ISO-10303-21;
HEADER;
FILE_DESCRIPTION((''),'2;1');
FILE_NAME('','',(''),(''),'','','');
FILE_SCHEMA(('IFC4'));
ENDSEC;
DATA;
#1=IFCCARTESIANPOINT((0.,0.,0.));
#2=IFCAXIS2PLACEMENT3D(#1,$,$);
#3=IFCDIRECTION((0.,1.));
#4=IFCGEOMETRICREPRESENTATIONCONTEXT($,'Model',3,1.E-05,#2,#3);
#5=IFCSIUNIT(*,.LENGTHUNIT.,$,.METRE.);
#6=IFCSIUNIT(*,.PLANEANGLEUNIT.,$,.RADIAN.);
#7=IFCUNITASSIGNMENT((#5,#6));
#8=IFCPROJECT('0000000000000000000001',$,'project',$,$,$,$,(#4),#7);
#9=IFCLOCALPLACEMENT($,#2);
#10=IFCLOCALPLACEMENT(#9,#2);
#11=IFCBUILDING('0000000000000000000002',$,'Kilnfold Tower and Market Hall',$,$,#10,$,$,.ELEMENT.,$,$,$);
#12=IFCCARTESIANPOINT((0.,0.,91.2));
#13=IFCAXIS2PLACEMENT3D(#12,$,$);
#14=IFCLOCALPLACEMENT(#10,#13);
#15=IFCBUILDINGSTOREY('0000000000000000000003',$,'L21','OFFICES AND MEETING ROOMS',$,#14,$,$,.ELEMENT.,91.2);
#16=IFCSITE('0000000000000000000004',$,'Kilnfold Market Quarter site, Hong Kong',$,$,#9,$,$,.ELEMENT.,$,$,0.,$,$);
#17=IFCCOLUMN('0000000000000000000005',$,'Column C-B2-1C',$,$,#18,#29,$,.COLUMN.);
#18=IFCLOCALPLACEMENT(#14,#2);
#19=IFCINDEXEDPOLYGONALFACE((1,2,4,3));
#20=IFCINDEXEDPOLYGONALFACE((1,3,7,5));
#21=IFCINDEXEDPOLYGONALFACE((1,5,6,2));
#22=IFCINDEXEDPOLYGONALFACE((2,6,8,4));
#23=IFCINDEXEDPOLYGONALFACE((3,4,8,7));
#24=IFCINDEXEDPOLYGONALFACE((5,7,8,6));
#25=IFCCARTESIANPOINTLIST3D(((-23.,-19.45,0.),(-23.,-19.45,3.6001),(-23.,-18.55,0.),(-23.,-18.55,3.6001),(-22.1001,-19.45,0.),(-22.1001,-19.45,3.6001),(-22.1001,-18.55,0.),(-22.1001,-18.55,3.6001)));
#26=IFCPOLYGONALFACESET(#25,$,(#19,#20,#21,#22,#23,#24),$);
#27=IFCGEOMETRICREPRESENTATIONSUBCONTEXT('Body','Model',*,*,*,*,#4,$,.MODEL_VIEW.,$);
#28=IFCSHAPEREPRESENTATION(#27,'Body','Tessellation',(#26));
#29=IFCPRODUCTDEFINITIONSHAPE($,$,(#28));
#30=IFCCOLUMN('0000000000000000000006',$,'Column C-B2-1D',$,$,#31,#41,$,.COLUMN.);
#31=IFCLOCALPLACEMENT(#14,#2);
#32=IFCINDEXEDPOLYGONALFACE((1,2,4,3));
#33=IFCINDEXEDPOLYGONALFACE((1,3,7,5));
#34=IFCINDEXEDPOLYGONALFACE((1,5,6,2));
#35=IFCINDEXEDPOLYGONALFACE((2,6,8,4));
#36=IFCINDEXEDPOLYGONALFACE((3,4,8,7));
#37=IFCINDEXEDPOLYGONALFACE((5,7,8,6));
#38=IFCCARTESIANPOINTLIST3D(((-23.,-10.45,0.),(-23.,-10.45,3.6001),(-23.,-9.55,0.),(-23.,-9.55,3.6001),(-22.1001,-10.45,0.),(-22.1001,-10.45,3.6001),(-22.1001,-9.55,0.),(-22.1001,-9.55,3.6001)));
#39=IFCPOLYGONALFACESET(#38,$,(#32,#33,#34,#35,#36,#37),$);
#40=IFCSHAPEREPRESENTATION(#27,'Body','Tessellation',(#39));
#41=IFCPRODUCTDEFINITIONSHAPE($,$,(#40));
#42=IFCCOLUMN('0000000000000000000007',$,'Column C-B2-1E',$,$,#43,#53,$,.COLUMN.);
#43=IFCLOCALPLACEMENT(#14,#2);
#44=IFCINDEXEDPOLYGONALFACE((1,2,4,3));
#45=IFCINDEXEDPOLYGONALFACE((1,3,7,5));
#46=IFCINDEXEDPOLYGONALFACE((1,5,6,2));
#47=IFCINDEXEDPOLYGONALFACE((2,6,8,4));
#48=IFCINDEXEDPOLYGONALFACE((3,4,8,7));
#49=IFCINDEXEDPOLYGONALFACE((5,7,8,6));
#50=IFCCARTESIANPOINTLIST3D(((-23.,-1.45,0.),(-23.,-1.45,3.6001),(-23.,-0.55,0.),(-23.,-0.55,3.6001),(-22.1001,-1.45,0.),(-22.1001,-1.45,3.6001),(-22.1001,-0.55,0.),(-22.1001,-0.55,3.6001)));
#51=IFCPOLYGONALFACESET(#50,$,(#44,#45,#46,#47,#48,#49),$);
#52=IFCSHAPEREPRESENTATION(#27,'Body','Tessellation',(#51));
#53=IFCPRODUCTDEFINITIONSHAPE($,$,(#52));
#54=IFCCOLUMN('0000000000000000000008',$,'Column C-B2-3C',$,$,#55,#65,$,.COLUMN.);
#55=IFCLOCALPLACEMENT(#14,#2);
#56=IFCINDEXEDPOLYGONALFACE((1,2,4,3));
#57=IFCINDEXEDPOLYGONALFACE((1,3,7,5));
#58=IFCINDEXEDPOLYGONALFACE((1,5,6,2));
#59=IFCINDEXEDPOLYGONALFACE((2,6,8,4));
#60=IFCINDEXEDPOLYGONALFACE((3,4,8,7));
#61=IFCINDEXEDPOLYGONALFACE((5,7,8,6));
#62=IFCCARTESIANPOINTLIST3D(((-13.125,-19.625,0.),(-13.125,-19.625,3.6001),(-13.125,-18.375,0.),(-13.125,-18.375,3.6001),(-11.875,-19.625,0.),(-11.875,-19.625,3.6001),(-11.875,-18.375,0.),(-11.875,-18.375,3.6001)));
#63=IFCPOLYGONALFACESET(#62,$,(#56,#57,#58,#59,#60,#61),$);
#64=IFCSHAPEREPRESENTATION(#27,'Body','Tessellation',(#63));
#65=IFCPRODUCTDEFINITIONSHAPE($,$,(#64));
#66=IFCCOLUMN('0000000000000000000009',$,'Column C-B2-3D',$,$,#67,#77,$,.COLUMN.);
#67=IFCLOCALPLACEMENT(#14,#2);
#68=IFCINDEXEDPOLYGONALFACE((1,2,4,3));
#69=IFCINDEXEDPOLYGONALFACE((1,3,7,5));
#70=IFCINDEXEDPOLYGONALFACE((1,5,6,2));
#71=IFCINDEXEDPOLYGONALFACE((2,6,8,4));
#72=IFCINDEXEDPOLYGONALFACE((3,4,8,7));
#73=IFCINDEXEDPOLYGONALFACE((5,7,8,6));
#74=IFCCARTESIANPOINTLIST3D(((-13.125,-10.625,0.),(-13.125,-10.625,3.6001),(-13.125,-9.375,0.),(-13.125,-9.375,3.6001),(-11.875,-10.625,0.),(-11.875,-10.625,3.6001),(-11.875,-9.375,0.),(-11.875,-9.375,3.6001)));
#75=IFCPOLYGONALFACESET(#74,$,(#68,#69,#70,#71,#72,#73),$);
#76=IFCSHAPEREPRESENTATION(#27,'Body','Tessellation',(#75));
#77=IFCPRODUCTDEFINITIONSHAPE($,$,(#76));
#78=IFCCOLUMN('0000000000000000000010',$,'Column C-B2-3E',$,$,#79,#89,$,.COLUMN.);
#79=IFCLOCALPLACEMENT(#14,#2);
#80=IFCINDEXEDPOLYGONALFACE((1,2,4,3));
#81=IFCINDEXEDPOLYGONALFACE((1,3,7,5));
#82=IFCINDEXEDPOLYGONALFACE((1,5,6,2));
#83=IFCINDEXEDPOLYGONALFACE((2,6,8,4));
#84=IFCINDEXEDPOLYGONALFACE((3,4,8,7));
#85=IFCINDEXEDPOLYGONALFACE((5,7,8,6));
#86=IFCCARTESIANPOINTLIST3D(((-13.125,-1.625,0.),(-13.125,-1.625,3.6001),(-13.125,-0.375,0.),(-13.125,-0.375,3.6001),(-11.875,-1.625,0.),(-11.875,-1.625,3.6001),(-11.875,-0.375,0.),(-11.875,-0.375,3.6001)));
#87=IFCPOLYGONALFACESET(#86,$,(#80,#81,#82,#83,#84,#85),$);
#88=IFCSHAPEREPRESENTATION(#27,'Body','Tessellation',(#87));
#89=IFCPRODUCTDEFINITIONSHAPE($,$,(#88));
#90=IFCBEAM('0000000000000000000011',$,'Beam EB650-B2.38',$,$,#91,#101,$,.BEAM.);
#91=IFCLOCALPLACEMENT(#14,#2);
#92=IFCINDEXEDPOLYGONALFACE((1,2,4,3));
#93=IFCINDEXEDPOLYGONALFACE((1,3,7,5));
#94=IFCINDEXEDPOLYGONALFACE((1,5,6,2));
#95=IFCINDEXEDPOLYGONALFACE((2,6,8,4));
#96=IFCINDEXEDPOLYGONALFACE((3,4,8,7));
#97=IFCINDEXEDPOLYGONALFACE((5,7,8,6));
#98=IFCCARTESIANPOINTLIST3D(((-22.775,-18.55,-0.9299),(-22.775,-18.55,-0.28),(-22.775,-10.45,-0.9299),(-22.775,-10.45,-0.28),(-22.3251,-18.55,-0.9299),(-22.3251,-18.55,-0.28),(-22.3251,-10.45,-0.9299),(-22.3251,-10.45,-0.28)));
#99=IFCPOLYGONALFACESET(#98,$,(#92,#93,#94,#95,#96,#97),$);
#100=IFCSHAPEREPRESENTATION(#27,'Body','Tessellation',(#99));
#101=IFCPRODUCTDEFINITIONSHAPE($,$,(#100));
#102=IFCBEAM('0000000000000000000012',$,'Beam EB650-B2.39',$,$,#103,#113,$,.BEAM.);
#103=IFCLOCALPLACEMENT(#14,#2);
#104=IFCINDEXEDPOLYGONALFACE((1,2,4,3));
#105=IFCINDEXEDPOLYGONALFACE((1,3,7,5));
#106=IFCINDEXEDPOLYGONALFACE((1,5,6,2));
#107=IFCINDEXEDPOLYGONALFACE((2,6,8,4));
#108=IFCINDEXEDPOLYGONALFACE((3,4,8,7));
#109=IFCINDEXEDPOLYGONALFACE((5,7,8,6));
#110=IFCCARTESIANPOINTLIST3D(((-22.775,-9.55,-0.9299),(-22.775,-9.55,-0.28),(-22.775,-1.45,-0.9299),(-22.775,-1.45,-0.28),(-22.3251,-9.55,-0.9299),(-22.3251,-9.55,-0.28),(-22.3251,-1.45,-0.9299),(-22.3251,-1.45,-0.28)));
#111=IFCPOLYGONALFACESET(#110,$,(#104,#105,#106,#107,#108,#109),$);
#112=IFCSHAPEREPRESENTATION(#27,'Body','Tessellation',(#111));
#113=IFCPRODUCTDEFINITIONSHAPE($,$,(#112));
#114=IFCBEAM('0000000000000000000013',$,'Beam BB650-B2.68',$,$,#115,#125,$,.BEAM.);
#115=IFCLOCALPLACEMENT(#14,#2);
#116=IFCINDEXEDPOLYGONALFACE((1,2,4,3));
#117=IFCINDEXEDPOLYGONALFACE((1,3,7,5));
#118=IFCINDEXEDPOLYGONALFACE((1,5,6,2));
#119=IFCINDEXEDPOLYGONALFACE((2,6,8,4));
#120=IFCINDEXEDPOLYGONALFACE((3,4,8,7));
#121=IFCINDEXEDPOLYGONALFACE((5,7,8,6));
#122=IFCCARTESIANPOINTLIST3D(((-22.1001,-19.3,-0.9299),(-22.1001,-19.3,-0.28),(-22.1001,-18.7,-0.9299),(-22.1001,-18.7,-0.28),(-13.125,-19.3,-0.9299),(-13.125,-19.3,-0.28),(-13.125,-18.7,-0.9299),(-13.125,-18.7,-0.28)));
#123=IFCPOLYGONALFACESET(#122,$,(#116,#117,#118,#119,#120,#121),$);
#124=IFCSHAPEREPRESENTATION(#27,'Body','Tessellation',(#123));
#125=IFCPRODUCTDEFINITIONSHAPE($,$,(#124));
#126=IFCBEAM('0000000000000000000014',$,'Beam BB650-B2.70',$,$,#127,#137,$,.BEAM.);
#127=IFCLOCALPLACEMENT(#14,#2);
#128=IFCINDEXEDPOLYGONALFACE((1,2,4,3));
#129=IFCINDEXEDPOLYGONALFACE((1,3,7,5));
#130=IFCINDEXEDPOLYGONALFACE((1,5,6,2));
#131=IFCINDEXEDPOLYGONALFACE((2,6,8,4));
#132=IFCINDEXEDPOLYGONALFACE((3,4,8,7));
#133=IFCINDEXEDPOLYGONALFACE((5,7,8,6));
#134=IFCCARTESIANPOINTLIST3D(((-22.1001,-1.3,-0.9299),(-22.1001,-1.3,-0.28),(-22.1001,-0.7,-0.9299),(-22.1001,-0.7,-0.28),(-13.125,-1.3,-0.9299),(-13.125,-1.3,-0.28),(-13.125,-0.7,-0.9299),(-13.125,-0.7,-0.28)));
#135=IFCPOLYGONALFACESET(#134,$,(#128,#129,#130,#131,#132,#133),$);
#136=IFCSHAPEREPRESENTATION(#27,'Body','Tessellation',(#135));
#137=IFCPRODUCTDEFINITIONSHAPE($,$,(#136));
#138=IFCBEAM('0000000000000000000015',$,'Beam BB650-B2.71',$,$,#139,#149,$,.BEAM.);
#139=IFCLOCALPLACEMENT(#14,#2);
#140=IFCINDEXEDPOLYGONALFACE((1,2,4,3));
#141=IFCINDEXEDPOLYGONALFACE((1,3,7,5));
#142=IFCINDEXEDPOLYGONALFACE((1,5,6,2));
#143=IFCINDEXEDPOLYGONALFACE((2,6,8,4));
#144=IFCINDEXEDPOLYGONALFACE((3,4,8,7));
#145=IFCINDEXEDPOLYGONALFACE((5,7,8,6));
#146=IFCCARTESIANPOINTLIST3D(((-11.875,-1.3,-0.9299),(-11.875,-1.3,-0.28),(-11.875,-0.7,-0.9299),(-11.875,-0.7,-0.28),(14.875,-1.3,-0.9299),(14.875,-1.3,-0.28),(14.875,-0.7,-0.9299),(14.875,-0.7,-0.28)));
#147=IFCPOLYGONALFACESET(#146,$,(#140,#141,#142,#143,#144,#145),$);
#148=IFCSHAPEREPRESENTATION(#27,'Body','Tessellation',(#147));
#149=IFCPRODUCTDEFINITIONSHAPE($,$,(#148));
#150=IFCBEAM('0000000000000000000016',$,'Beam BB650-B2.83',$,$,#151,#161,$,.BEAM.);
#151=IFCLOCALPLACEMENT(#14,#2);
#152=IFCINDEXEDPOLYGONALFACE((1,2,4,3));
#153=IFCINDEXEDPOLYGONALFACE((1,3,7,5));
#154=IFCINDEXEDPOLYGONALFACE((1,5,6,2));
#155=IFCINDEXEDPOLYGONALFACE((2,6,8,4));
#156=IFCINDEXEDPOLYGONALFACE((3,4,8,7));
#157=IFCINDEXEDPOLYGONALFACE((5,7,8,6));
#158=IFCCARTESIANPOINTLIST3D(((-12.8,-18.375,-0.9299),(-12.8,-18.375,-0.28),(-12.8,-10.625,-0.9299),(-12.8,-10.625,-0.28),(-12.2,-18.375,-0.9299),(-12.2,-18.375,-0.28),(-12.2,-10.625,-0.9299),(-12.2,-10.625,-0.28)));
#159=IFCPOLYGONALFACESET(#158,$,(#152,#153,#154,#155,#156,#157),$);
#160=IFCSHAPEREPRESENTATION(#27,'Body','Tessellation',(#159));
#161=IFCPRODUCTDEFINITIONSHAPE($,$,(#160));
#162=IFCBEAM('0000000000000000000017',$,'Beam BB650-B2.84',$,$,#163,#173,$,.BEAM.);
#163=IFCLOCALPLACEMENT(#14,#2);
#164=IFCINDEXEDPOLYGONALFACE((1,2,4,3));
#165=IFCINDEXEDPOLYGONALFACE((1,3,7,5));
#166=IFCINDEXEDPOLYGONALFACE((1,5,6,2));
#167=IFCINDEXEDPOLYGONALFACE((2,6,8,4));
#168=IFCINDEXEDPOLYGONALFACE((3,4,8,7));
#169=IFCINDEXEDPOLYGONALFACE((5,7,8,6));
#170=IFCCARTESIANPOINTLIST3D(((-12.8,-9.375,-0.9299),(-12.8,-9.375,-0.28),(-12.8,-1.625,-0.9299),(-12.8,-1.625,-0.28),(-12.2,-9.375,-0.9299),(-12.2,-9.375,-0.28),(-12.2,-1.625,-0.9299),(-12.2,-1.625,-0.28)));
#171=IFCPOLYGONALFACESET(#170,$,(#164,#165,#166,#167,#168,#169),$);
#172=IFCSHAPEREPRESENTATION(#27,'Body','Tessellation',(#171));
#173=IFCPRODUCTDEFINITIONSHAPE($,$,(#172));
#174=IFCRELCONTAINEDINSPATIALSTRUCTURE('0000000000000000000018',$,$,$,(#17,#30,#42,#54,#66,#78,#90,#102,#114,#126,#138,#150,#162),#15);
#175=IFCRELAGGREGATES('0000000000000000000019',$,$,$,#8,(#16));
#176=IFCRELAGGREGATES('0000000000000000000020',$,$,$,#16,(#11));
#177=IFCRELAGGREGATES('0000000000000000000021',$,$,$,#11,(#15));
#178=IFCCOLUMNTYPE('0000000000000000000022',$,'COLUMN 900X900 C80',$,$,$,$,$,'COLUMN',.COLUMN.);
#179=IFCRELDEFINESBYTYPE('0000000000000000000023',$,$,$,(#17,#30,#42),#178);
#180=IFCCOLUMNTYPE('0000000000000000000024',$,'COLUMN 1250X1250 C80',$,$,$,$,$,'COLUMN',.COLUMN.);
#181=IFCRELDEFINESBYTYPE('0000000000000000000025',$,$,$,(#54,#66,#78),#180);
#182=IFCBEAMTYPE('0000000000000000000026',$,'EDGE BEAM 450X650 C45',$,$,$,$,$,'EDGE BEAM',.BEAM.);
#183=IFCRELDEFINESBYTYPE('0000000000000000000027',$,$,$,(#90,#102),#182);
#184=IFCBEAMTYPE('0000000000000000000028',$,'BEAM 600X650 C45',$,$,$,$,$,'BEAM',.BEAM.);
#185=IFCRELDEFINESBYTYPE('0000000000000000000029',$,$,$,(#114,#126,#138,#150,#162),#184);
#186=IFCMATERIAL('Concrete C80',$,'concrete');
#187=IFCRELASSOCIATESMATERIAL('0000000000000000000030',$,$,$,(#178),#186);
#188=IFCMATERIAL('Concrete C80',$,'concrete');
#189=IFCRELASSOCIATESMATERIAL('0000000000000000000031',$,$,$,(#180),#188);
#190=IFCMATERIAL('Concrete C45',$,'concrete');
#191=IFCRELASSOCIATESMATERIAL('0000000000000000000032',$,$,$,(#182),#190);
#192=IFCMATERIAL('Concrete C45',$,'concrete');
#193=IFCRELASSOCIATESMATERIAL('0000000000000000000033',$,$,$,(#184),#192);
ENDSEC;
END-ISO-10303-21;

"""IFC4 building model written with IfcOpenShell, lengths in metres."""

from ifc_helpers import new_model, si_unit, direction, frame, origin, origin_2d, place, context, subcontext, project, spatial, rectangle, extrude, source, transform, mapped, material, material_profile, profile_set, type_object, element, save


model = new_model("IFC4")

# Units and contexts
model_context = context("Model", 3, precision=1e-05, world=origin(), true_north=direction((0.0, 1.0)))
body_context = subcontext(model_context, "Body", "Model", "MODEL_VIEW")
ifc_project = project(units=[si_unit("LENGTHUNIT", "METRE"), si_unit("PLANEANGLEUNIT", "RADIAN")], contexts=[model_context])

# Site, building, storey
site_placement = place(None, origin())
site = spatial("IfcSite", under=ifc_project, at=site_placement, Name="Kilnfold Market Quarter site, Hong Kong", CompositionType="ELEMENT", RefElevation=0.0)
building_placement = place(site_placement, origin())
building = spatial("IfcBuilding", under=site, at=building_placement, Name="Kilnfold Tower and Market Hall", CompositionType="ELEMENT")
storey_placement = place(building_placement, frame((0.0, 0.0, 91.2)))
storey = spatial("IfcBuildingStorey", under=building, at=storey_placement, Name="L21", Description="OFFICES AND MEETING ROOMS", CompositionType="ELEMENT", Elevation=91.2)

# Columns
ifc_material_1 = material(Name="Concrete C80", Category="concrete")
ifc_material_profile_1 = material_profile(ifc_material_1, rectangle(XDim=0.8999, YDim=0.8999, at=origin_2d()), Name="RC 900x900")
ifc_profile_set_1 = profile_set([ifc_material_profile_1], Name="Concrete C80")
column_type_1 = type_object("IfcColumnType", Name="COLUMN 900X900 C80", ElementType="COLUMN", PredefinedType="COLUMN", material=ifc_profile_set_1)
shared_shape_1 = source(origin(), body_context, "Body", "SweptSolid", [
    extrude(rectangle(XDim=0.8999, YDim=0.8999, at=origin_2d()), origin(), (0.0, 0.0, 1.0), 3.6001),
])
for number, where, z_axis, x_axis, name in (
    (1, (-22.55, -19.0, 0.0), (0.0, 0.0, 1.0), (1.0, 0.0, 0.0), "Column C-B2-1C"),
    (2, (-22.55, -10.0, 0.0), (0.0, 0.0, 1.0), (1.0, 0.0, 0.0), "Column C-B2-1D"),
    (3, (-22.55, -1.0, 0.0), (0.0, 0.0, 1.0), (1.0, 0.0, 0.0), "Column C-B2-1E"),
):
    element("IfcColumn", number, at=place(storey_placement, frame(where, z_axis=z_axis, x_axis=x_axis)), inside=storey, type_object=column_type_1, Name=name, PredefinedType="COLUMN", context=body_context, shape_type="MappedRepresentation", body=[
        mapped(shared_shape_1, transform((0.0, 0.0, 0.0))),
    ])
ifc_material_2 = material(Name="Concrete C80", Category="concrete")
ifc_material_profile_2 = material_profile(ifc_material_2, rectangle(XDim=1.25, YDim=1.25, at=origin_2d()), Name="RC 1250x1250")
ifc_profile_set_2 = profile_set([ifc_material_profile_2], Name="Concrete C80")
column_type_2 = type_object("IfcColumnType", Name="COLUMN 1250X1250 C80", ElementType="COLUMN", PredefinedType="COLUMN", material=ifc_profile_set_2)
shared_shape_2 = source(origin(), body_context, "Body", "SweptSolid", [
    extrude(rectangle(XDim=1.25, YDim=1.25, at=origin_2d()), origin(), (0.0, 0.0, 1.0), 3.6001),
])
for number, where, z_axis, x_axis, name in (
    (4, (-12.5, -19.0, 0.0), (0.0, 0.0, 1.0), (1.0, 0.0, 0.0), "Column C-B2-3C"),
    (5, (-12.5, -10.0, 0.0), (0.0, 0.0, 1.0), (1.0, 0.0, 0.0), "Column C-B2-3D"),
    (6, (-12.5, -1.0, 0.0), (0.0, 0.0, 1.0), (1.0, 0.0, 0.0), "Column C-B2-3E"),
):
    element("IfcColumn", number, at=place(storey_placement, frame(where, z_axis=z_axis, x_axis=x_axis)), inside=storey, type_object=column_type_2, Name=name, PredefinedType="COLUMN", context=body_context, shape_type="MappedRepresentation", body=[
        mapped(shared_shape_2, transform((0.0, 0.0, 0.0))),
    ])

# Beams
ifc_material_3 = material(Name="Concrete C45", Category="concrete")
ifc_material_profile_3 = material_profile(ifc_material_3, rectangle(XDim=0.45, YDim=0.6499, at=origin_2d()), Name="RC 450x650")
ifc_profile_set_3 = profile_set([ifc_material_profile_3], Name="Concrete C45")
beam_type_1 = type_object("IfcBeamType", Name="EDGE BEAM 450X650 C45", ElementType="EDGE BEAM", PredefinedType="BEAM", material=ifc_profile_set_3)
shared_shape_3 = source(origin(), body_context, "Body", "SweptSolid", [
    extrude(rectangle(XDim=0.45, YDim=0.6499, at=origin_2d()), origin(), (0.0, 0.0, 1.0), 8.1001),
])
for number, where, z_axis, x_axis, name in (
    (7, (-22.55, -18.55, -0.605), (0.0, 1.0, 0.0), (-1.0, 0.0, 0.0), "Beam EB650-B2.38"),
    (8, (-22.55, -9.55, -0.605), (0.0, 1.0, 0.0), (-1.0, 0.0, 0.0), "Beam EB650-B2.39"),
):
    element("IfcBeam", number, at=place(storey_placement, frame(where, z_axis=z_axis, x_axis=x_axis)), inside=storey, type_object=beam_type_1, Name=name, PredefinedType="BEAM", context=body_context, shape_type="MappedRepresentation", body=[
        mapped(shared_shape_3, transform((0.0, 0.0, 0.0))),
    ])
ifc_material_4 = material(Name="Concrete C45", Category="concrete")
ifc_material_profile_4 = material_profile(ifc_material_4, rectangle(XDim=0.6001, YDim=0.6499, at=origin_2d()), Name="RC 600x650")
ifc_profile_set_4 = profile_set([ifc_material_profile_4], Name="Concrete C45")
beam_type_2 = type_object("IfcBeamType", Name="BEAM 600X650 C45", ElementType="BEAM", PredefinedType="BEAM", material=ifc_profile_set_4)
shared_shape_4 = source(origin(), body_context, "Body", "SweptSolid", [
    extrude(rectangle(XDim=0.6001, YDim=0.6499, at=origin_2d()), origin(), (0.0, 0.0, 1.0), 8.9751),
])
for number, where, z_axis, x_axis, name in (
    (9, (-22.1001, -19.0, -0.605), (1.0, 0.0, 0.0), (0.0, 1.0, 0.0), "Beam BB650-B2.68"),
    (10, (-22.1001, -1.0, -0.605), (1.0, 0.0, 0.0), (0.0, 1.0, 0.0), "Beam BB650-B2.70"),
):
    element("IfcBeam", number, at=place(storey_placement, frame(where, z_axis=z_axis, x_axis=x_axis)), inside=storey, type_object=beam_type_2, Name=name, PredefinedType="BEAM", context=body_context, shape_type="MappedRepresentation", body=[
        mapped(shared_shape_4, transform((0.0, 0.0, 0.0))),
    ])
shared_shape_5 = source(origin(), body_context, "Body", "SweptSolid", [
    extrude(rectangle(XDim=0.6001, YDim=0.6499, at=origin_2d()), origin(), (0.0, 0.0, 1.0), 26.75),
])
beam_placement = place(storey_placement, frame((-11.875, -1.0, -0.605), z_axis=(1.0, 0.0, 0.0), x_axis=(0.0, 1.0, 0.0)))
element("IfcBeam", 11, at=beam_placement, inside=storey, type_object=beam_type_2, Name="Beam BB650-B2.71", PredefinedType="BEAM", context=body_context, shape_type="MappedRepresentation", body=[
    mapped(shared_shape_5, transform((0.0, 0.0, 0.0))),
])
shared_shape_6 = source(origin(), body_context, "Body", "SweptSolid", [
    extrude(rectangle(XDim=0.6001, YDim=0.6499, at=origin_2d()), origin(), (0.0, 0.0, 1.0), 7.75),
])
for number, where, z_axis, x_axis, name in (
    (12, (-12.5, -18.375, -0.605), (0.0, 1.0, 0.0), (-1.0, 0.0, 0.0), "Beam BB650-B2.83"),
    (13, (-12.5, -9.375, -0.605), (0.0, 1.0, 0.0), (-1.0, 0.0, 0.0), "Beam BB650-B2.84"),
):
    element("IfcBeam", number, at=place(storey_placement, frame(where, z_axis=z_axis, x_axis=x_axis)), inside=storey, type_object=beam_type_2, Name=name, PredefinedType="BEAM", context=body_context, shape_type="MappedRepresentation", body=[
        mapped(shared_shape_6, transform((0.0, 0.0, 0.0))),
    ])

save(model, "model.ifc")
